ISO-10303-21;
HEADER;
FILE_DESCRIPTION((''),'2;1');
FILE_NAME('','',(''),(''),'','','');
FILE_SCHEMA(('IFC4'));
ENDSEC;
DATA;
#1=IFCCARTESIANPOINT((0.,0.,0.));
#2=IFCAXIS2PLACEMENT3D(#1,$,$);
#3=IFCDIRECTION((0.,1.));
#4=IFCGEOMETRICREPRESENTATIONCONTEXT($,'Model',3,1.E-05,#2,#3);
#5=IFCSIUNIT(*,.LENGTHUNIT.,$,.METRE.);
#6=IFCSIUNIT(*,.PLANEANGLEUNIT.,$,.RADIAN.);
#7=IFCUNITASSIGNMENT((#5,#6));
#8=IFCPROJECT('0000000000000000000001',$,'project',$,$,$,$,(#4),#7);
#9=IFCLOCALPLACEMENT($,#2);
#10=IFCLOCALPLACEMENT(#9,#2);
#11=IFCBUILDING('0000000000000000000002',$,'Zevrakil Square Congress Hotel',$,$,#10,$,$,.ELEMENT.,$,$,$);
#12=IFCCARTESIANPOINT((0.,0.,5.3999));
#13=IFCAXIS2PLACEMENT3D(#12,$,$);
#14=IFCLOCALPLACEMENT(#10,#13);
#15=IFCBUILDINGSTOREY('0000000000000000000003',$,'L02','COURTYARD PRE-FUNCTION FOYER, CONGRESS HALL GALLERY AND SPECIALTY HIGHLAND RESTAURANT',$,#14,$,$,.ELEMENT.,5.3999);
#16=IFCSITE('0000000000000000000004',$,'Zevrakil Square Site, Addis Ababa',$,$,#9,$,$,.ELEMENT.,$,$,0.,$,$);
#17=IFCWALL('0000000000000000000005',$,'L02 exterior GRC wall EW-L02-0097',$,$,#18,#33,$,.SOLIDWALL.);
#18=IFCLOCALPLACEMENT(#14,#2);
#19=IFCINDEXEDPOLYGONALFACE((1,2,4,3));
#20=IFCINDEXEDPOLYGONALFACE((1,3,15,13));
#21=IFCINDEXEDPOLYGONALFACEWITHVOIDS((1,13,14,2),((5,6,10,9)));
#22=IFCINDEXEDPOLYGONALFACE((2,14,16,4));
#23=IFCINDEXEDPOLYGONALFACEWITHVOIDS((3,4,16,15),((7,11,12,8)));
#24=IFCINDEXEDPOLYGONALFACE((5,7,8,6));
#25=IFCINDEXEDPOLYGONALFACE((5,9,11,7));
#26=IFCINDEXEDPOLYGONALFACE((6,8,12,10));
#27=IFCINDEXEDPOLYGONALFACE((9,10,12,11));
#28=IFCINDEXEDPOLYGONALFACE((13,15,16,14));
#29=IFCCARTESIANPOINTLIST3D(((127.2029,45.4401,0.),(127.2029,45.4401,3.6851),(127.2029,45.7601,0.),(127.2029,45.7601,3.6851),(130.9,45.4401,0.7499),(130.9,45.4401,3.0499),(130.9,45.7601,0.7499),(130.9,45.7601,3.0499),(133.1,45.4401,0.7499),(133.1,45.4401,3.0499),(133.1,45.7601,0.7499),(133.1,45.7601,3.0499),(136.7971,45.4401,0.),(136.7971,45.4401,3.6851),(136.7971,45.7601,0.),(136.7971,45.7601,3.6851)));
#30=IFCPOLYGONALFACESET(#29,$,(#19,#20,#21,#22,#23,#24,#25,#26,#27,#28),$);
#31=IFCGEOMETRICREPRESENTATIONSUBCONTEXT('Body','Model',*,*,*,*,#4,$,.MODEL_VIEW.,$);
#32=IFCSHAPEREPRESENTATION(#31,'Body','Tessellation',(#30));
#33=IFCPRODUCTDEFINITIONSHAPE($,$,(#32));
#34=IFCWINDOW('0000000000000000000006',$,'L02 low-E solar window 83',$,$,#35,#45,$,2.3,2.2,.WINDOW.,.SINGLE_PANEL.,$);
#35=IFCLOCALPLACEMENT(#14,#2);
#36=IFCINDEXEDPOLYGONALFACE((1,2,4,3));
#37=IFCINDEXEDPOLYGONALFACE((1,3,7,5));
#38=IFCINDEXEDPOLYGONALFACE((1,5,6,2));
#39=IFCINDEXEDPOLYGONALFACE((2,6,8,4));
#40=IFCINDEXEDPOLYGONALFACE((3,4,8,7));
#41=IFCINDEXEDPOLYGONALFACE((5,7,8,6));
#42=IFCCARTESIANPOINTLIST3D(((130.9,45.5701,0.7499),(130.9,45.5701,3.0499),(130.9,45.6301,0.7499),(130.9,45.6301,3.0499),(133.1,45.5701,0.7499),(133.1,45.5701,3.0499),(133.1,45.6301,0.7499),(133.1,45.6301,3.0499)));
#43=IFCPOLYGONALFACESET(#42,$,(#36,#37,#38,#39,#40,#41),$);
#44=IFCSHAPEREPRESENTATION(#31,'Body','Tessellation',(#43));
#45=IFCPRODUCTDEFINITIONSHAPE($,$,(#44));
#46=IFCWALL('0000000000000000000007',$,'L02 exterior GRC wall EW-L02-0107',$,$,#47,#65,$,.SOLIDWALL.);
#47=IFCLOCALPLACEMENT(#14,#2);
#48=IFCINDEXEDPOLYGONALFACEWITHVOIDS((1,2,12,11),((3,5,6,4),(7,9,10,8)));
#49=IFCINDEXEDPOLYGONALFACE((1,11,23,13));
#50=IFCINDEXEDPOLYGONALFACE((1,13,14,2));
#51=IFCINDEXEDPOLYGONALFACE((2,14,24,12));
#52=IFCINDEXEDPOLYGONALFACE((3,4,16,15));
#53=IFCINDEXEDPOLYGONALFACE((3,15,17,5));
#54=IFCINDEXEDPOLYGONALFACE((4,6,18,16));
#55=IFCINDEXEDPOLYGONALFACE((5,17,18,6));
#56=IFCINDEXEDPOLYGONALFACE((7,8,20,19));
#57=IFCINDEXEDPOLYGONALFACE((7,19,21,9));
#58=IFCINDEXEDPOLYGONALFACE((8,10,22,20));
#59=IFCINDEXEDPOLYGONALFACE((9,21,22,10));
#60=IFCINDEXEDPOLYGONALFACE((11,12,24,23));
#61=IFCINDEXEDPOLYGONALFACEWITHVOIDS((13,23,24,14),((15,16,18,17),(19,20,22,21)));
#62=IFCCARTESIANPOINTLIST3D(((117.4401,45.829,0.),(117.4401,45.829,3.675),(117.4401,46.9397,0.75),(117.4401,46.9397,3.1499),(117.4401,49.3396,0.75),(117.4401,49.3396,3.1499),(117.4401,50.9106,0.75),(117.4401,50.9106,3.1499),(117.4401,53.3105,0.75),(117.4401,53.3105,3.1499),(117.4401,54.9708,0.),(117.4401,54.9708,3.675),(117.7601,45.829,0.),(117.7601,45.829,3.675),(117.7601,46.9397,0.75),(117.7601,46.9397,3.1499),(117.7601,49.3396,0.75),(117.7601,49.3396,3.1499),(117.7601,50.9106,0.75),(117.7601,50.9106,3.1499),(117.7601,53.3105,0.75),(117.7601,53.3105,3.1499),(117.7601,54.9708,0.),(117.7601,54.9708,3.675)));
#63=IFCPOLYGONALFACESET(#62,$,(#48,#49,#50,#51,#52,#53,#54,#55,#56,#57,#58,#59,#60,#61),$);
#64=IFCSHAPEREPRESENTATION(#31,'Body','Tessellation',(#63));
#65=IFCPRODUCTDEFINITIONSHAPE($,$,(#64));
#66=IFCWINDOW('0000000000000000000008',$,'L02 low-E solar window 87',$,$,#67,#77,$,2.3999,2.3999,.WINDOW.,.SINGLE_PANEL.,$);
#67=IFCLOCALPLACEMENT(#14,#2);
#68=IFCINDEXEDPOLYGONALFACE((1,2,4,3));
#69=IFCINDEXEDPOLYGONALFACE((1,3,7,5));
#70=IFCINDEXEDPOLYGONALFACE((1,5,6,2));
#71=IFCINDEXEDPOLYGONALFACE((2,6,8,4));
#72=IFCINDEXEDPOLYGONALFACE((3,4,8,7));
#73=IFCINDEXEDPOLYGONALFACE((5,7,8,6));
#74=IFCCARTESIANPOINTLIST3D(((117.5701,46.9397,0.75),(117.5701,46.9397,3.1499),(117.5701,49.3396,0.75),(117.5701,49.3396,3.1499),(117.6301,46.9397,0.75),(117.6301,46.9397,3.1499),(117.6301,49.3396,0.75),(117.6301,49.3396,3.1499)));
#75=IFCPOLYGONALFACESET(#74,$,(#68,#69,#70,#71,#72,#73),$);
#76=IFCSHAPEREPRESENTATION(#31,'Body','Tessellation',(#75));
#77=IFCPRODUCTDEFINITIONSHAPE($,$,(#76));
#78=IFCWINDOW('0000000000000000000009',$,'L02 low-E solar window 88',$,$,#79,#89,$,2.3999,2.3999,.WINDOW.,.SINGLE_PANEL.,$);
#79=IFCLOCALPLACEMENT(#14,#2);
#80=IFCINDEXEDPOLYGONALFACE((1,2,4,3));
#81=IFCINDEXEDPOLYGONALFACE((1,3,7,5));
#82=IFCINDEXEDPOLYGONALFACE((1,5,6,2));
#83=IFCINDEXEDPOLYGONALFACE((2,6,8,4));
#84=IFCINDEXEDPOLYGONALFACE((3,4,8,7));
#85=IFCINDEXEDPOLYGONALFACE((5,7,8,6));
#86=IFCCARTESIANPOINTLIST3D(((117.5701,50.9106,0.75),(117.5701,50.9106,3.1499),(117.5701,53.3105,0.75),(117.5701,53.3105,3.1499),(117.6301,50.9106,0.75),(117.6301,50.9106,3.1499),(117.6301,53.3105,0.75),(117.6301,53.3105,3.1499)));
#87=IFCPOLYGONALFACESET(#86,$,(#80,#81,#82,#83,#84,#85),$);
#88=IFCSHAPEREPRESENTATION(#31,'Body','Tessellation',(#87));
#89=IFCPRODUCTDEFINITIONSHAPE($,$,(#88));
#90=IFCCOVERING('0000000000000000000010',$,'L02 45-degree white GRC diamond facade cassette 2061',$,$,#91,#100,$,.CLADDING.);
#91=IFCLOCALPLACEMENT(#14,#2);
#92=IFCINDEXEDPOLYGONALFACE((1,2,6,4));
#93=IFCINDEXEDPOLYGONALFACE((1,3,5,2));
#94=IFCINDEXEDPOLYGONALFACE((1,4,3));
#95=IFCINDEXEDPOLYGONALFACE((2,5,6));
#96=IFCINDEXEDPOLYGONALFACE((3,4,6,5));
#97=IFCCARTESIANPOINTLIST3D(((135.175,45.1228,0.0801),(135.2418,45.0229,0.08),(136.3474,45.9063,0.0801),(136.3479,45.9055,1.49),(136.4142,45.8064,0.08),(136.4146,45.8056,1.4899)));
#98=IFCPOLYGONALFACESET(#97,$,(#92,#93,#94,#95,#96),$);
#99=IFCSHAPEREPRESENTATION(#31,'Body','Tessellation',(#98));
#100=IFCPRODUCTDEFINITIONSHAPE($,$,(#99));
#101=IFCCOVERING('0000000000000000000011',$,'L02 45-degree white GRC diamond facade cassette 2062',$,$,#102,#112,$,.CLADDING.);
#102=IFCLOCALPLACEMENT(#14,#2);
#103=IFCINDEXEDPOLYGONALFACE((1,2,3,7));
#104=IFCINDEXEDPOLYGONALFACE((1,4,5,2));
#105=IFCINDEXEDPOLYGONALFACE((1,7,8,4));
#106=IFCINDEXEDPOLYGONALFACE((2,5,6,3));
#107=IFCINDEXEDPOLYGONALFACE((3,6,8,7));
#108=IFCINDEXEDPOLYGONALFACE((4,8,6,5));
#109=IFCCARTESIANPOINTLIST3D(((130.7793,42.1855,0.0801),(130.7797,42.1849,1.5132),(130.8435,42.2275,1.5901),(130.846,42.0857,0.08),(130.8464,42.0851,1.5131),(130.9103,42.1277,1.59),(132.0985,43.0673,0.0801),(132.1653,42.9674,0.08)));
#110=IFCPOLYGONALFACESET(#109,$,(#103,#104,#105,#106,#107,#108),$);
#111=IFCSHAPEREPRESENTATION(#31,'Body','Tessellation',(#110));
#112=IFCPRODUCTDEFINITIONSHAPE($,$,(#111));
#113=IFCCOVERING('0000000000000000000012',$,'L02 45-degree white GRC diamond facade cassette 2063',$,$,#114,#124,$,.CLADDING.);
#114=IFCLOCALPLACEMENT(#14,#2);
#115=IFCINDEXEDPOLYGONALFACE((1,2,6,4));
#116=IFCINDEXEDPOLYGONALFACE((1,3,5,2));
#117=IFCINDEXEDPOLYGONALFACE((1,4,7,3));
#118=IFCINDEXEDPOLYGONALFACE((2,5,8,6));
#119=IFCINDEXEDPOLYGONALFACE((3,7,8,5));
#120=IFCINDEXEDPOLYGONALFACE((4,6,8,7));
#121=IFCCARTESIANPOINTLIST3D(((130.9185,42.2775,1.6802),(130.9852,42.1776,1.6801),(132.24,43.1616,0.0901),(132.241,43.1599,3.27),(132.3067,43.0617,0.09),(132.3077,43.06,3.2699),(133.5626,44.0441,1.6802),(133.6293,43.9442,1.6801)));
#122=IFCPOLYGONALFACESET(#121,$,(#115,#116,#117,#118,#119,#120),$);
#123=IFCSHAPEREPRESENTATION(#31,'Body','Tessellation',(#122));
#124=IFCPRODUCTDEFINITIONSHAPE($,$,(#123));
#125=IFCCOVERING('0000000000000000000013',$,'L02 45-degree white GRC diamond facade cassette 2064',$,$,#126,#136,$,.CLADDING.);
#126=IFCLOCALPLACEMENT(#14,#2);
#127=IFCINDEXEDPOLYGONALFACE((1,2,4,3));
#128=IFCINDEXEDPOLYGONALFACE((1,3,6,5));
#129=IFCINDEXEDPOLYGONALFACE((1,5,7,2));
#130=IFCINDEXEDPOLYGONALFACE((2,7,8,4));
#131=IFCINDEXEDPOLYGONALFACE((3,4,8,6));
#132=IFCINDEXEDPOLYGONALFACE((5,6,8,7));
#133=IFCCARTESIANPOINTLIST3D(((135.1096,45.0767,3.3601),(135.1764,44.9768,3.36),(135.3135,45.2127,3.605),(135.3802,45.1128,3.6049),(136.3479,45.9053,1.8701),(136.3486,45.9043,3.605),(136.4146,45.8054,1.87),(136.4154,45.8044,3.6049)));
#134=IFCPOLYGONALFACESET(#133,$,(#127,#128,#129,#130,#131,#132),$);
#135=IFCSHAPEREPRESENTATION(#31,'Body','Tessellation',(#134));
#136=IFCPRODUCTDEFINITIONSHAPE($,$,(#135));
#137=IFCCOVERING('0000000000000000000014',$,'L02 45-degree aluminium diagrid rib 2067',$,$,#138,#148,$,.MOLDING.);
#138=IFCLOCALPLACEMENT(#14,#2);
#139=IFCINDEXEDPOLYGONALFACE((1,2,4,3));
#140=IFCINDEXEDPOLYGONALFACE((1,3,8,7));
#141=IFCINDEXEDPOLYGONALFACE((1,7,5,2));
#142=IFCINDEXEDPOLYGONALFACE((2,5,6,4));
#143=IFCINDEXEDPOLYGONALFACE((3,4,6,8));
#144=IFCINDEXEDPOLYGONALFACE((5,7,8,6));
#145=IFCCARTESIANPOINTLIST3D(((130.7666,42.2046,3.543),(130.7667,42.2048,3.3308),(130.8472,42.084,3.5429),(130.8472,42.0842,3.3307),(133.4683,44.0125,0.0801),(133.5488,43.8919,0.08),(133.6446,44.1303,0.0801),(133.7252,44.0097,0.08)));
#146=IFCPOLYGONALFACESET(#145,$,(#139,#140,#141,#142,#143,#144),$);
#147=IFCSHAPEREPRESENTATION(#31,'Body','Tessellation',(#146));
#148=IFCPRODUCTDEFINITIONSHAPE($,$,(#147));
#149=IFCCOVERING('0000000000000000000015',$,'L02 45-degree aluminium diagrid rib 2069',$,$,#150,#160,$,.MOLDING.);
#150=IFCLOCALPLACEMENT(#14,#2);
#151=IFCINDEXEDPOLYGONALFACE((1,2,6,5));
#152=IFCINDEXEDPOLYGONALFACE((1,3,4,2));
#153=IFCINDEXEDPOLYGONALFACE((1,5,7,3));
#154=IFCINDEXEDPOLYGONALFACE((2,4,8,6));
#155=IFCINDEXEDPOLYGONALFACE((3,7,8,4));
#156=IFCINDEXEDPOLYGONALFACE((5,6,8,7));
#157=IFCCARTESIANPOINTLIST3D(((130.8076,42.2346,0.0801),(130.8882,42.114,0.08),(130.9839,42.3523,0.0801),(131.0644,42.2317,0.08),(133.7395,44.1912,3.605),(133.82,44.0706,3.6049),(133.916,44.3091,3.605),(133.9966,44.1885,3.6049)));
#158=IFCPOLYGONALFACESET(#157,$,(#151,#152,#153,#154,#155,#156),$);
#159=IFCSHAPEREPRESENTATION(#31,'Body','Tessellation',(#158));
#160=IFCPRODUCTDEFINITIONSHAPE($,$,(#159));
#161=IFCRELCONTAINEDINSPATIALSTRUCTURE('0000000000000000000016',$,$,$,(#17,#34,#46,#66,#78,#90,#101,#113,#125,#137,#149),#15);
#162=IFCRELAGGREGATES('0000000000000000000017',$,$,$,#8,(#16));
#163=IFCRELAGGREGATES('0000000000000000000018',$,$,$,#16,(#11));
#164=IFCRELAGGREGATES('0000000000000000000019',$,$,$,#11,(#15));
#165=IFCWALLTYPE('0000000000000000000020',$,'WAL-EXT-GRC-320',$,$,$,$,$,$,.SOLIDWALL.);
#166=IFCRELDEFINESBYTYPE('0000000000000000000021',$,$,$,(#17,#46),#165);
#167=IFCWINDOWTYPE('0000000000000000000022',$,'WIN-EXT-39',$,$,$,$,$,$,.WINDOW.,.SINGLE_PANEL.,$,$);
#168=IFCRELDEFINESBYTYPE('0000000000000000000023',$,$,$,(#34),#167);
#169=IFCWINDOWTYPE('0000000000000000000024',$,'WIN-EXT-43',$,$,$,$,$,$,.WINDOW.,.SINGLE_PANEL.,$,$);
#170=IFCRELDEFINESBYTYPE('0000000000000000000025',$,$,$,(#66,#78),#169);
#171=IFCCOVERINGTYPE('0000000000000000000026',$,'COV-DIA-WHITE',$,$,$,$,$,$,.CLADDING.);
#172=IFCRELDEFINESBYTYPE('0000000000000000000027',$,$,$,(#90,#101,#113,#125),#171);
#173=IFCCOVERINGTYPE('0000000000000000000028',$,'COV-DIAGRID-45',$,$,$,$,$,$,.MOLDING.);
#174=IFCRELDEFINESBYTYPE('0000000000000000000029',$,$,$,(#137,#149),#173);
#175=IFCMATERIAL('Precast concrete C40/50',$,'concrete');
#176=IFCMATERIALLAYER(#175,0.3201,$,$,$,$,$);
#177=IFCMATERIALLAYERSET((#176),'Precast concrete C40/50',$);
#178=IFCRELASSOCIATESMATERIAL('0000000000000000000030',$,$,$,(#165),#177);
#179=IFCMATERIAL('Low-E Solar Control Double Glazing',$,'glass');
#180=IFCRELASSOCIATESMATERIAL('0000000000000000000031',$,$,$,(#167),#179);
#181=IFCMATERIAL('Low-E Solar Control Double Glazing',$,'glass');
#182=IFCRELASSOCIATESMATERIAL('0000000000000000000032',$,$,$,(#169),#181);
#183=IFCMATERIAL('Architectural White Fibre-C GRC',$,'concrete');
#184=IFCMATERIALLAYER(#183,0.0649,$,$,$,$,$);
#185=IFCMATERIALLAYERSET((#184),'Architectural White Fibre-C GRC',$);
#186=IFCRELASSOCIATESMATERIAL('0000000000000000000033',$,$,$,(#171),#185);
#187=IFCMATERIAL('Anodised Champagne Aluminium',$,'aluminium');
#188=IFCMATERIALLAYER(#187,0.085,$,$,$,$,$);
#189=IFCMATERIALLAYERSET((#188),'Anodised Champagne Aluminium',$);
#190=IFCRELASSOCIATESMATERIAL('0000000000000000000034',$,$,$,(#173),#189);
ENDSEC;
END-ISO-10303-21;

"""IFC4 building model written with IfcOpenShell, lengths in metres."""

from ifc_helpers import new_model, si_unit, direction, frame, frame_2d, origin, place, context, subcontext, project, spatial, polyline, rectangle, outline, extrude, material, layer, layer_set, type_object, element, fill, save


model = new_model("IFC4")

# Units and contexts
model_context = context("Model", 3, precision=1e-05, world=origin(), true_north=direction((0.0, 1.0)))
body_context = subcontext(model_context, "Body", "Model", "MODEL_VIEW")
ifc_project = project(units=[si_unit("LENGTHUNIT", "METRE"), si_unit("PLANEANGLEUNIT", "RADIAN")], contexts=[model_context])

# Site, building, storey
site_placement = place(None, origin())
site = spatial("IfcSite", under=ifc_project, at=site_placement, Name="Zevrakil Square Site, Addis Ababa", CompositionType="ELEMENT", RefElevation=0.0)
building_placement = place(site_placement, origin())
building = spatial("IfcBuilding", under=site, at=building_placement, Name="Zevrakil Square Congress Hotel", CompositionType="ELEMENT")
storey_placement = place(building_placement, frame((0.0, 0.0, 5.3999)))
storey = spatial("IfcBuildingStorey", under=building, at=storey_placement, Name="L02", Description="COURTYARD PRE-FUNCTION FOYER, CONGRESS HALL GALLERY AND SPECIALTY HIGHLAND RESTAURANT", CompositionType="ELEMENT", Elevation=5.3999)

# Wall, opening, window
ifc_material_1 = material(Name="Precast concrete C40/50", Category="concrete")
ifc_layer_1 = layer(ifc_material_1, 0.3201)
ifc_layer_set_1 = layer_set([ifc_layer_1], Name="Precast concrete C40/50")
wall_type = type_object("IfcWallType", Name="WAL-EXT-GRC-320", PredefinedType="SOLIDWALL", material=ifc_layer_set_1)
wall_1_placement = place(storey_placement, frame((127.2029, 45.6001, 0.0), z_axis=(0.0, 0.0, 1.0), x_axis=(1.0, 0.0, 0.0)))
wall_1 = element("IfcWall", 1, at=wall_1_placement, inside=storey, type_object=wall_type, Name="L02 exterior GRC wall EW-L02-0097", PredefinedType="SOLIDWALL", context=body_context, shape_type="SweptSolid", body=[
    extrude(rectangle(XDim=9.5942, YDim=0.3201, at=frame_2d((4.7971, 0.0))), origin(), (0.0, 0.0, 1.0), 3.6851),
])
opening_1_placement = place(wall_1_placement, frame((3.697, 0.0, 0.75)))
opening_1 = element("IfcOpeningElement", 2, at=opening_1_placement, cuts=wall_1, PredefinedType="OPENING", context=body_context, shape_type="SweptSolid", body=[
    extrude(rectangle(XDim=2.2, YDim=2.3, at=frame_2d((1.1001, 1.1499))), frame((0.0, 0.1699, 0.0), z_axis=(0.0, -1.0, 0.0), x_axis=(1.0, 0.0, 0.0)), (0.0, 0.0, 1.0), 0.3401),
])
ifc_material_2 = material(Name="Low-E Solar Control Double Glazing", Category="glass")
window_type_1 = type_object("IfcWindowType", Name="WIN-EXT-39", PartitioningType="SINGLE_PANEL", PredefinedType="WINDOW", material=ifc_material_2)
window_1_placement = place(opening_1_placement, origin())
window_1 = element("IfcWindow", 3, at=window_1_placement, inside=storey, type_object=window_type_1, Name="L02 low-E solar window 83", OverallHeight=2.3, OverallWidth=2.2, PartitioningType="SINGLE_PANEL", PredefinedType="WINDOW", context=body_context, shape_type="SweptSolid", body=[
    extrude(rectangle(XDim=2.2, YDim=2.3, at=frame_2d((1.1001, 1.1499))), frame((0.0, 0.03, 0.0), z_axis=(0.0, -1.0, 0.0), x_axis=(1.0, 0.0, 0.0)), (0.0, 0.0, 1.0), 0.0601),
])
fill(opening_1, window_1)

# Wall, openings, windows
wall_2_placement = place(storey_placement, frame((117.6001, 45.8291, 0.0), z_axis=(0.0, 0.0, 1.0), x_axis=(0.0, 1.0, 0.0)))
wall_2 = element("IfcWall", 4, at=wall_2_placement, inside=storey, type_object=wall_type, Name="L02 exterior GRC wall EW-L02-0107", PredefinedType="SOLIDWALL", context=body_context, shape_type="SweptSolid", body=[
    extrude(rectangle(XDim=9.1418, YDim=0.3201, at=frame_2d((4.5708, 0.0))), origin(), (0.0, 0.0, 1.0), 3.675),
])
opening_2_placement = place(wall_2_placement, frame((1.1106, 0.0, 0.75)))
opening_2 = element("IfcOpeningElement", 5, at=opening_2_placement, cuts=wall_2, PredefinedType="OPENING", context=body_context, shape_type="SweptSolid", body=[
    extrude(rectangle(XDim=2.3999, YDim=2.3999, at=frame_2d((1.2, 1.2))), frame((0.0, 0.1699, 0.0), z_axis=(0.0, -1.0, 0.0), x_axis=(1.0, 0.0, 0.0)), (0.0, 0.0, 1.0), 0.3401),
])
opening_3_placement = place(wall_2_placement, frame((5.0815, 0.0, 0.75)))
opening_3 = element("IfcOpeningElement", 6, at=opening_3_placement, cuts=wall_2, PredefinedType="OPENING", context=body_context, shape_type="SweptSolid", body=[
    extrude(rectangle(XDim=2.3999, YDim=2.3999, at=frame_2d((1.2, 1.2))), frame((0.0, 0.1699, 0.0), z_axis=(0.0, -1.0, 0.0), x_axis=(1.0, 0.0, 0.0)), (0.0, 0.0, 1.0), 0.3401),
])
ifc_material_3 = material(Name="Low-E Solar Control Double Glazing", Category="glass")
window_type_2 = type_object("IfcWindowType", Name="WIN-EXT-43", PartitioningType="SINGLE_PANEL", PredefinedType="WINDOW", material=ifc_material_3)
window_2_placement = place(opening_2_placement, origin())
window_2 = element("IfcWindow", 7, at=window_2_placement, inside=storey, type_object=window_type_2, Name="L02 low-E solar window 87", OverallHeight=2.3999, OverallWidth=2.3999, PartitioningType="SINGLE_PANEL", PredefinedType="WINDOW", context=body_context, shape_type="SweptSolid", body=[
    extrude(rectangle(XDim=2.3999, YDim=2.3999, at=frame_2d((1.2, 1.2))), frame((0.0, 0.03, 0.0), z_axis=(0.0, -1.0, 0.0), x_axis=(1.0, 0.0, 0.0)), (0.0, 0.0, 1.0), 0.0601),
])
fill(opening_2, window_2)
window_3_placement = place(opening_3_placement, origin())
window_3 = element("IfcWindow", 8, at=window_3_placement, inside=storey, type_object=window_type_2, Name="L02 low-E solar window 88", OverallHeight=2.3999, OverallWidth=2.3999, PartitioningType="SINGLE_PANEL", PredefinedType="WINDOW", context=body_context, shape_type="SweptSolid", body=[
    extrude(rectangle(XDim=2.3999, YDim=2.3999, at=frame_2d((1.2, 1.2))), frame((0.0, 0.03, 0.0), z_axis=(0.0, -1.0, 0.0), x_axis=(1.0, 0.0, 0.0)), (0.0, 0.0, 1.0), 0.0601),
])
fill(opening_3, window_3)

# Coverings
ifc_material_4 = material(Name="Architectural White Fibre-C GRC", Category="concrete")
ifc_layer_2 = layer(ifc_material_4, 0.0649)
ifc_layer_set_2 = layer_set([ifc_layer_2], Name="Architectural White Fibre-C GRC")
covering_type_1 = type_object("IfcCoveringType", Name="COV-DIA-WHITE", PredefinedType="CLADDING", material=ifc_layer_set_2)
covering_1_placement = place(storey_placement, frame((135.175, 45.1228, 0.0801), z_axis=(-0.555619, 0.831437, 0.000624), x_axis=(0.831437, 0.555619, 0.0)))
element("IfcCovering", 9, at=covering_1_placement, inside=storey, type_object=covering_type_1, Name="L02 45-degree white GRC diamond facade cassette 2061", PredefinedType="CLADDING", context=body_context, shape_type="SweptSolid", body=[
    extrude(outline(polyline([(0.0, 0.0), (1.41, 0.0), (1.41, -1.4099), (0.0, 0.0)])), origin(), (0.0, 0.0, -1.0), 0.1201),
])
covering_2_placement = place(storey_placement, frame((130.8435, 42.2275, 1.5901), z_axis=(-0.555668, 0.831404, 0.000508), x_axis=(-0.58738, -0.392142, -0.707962)))
element("IfcCovering", 10, at=covering_2_placement, inside=storey, type_object=covering_type_1, Name="L02 45-degree white GRC diamond facade cassette 2062", PredefinedType="CLADDING", context=body_context, shape_type="SweptSolid", body=[
    extrude(outline(polyline([(0.0, 0.0), (0.1086, 0.0), (1.1232, -1.0121), (0.0026, -2.1355), (0.0, 0.0)])), origin(), (0.0, 0.0, -1.0), 0.1201),
])
covering_3_placement = place(storey_placement, frame((132.241, 43.1599, 3.27), z_axis=(-0.55555, 0.831483, 0.000617), x_axis=(-0.588185, -0.392467, -0.707112)))
element("IfcCovering", 11, at=covering_3_placement, inside=storey, type_object=covering_type_1, Name="L02 45-degree white GRC diamond facade cassette 2063", PredefinedType="CLADDING", context=body_context, shape_type="SweptSolid", body=[
    extrude(outline(polyline([(0.0, 0.0), (2.2484, 0.0), (2.2485, -2.2486), (-0.0002, -2.2486), (0.0, 0.0)])), origin(), (0.0, 0.0, -1.0), 0.1201),
])
covering_4_placement = place(storey_placement, frame((135.1096, 45.0767, 3.3601), z_axis=(-0.555553, 0.831481, 0.000708), x_axis=(0.587659, 0.393246, -0.707117)))
element("IfcCovering", 12, at=covering_4_placement, inside=storey, type_object=covering_type_1, Name="L02 45-degree white GRC diamond facade cassette 2064", PredefinedType="CLADDING", context=body_context, shape_type="SweptSolid", body=[
    extrude(outline(polyline([(0.0, 0.0), (2.1071, 0.0), (0.8804, -1.2268), (0.0001, -0.3464), (0.0, 0.0)])), origin(), (0.0, 0.0, -1.0), 0.1201),
])
ifc_material_5 = material(Name="Anodised Champagne Aluminium", Category="aluminium")
ifc_layer_3 = layer(ifc_material_5, 0.085)
ifc_layer_set_3 = layer_set([ifc_layer_3], Name="Anodised Champagne Aluminium")
covering_type_2 = type_object("IfcCoveringType", Name="COV-DIAGRID-45", PredefinedType="MOLDING", material=ifc_layer_set_3)
covering_5_placement = place(storey_placement, frame((133.4683, 44.0125, 0.0801), z_axis=(-0.555671, 0.831402, 0.000527), x_axis=(0.831402, 0.555671, 0.0)))
element("IfcCovering", 13, at=covering_5_placement, inside=storey, type_object=covering_type_2, Name="L02 45-degree aluminium diagrid rib 2067", PredefinedType="MOLDING", context=body_context, shape_type="SweptSolid", body=[
    extrude(outline(polyline([(0.0, 0.0), (0.2121, 0.0), (-3.2507, -3.4629), (-3.2506, -3.2507), (0.0, 0.0)])), origin(), (0.0, 0.0, -1.0), 0.145),
])
covering_6_placement = place(storey_placement, frame((133.916, 44.3091, 3.605), z_axis=(-0.555364, 0.831607, 0.000327), x_axis=(-0.831607, -0.555364, 0.0)))
element("IfcCovering", 14, at=covering_6_placement, inside=storey, type_object=covering_type_2, Name="L02 45-degree aluminium diagrid rib 2069", PredefinedType="MOLDING", context=body_context, shape_type="SweptSolid", body=[
    extrude(outline(polyline([(0.0, 0.0), (0.2123, 0.0), (3.737, -3.5249), (3.5251, -3.5249), (0.0, 0.0)])), origin(), (0.0, 0.0, -1.0), 0.145),
])

save(model, "model.ifc")
